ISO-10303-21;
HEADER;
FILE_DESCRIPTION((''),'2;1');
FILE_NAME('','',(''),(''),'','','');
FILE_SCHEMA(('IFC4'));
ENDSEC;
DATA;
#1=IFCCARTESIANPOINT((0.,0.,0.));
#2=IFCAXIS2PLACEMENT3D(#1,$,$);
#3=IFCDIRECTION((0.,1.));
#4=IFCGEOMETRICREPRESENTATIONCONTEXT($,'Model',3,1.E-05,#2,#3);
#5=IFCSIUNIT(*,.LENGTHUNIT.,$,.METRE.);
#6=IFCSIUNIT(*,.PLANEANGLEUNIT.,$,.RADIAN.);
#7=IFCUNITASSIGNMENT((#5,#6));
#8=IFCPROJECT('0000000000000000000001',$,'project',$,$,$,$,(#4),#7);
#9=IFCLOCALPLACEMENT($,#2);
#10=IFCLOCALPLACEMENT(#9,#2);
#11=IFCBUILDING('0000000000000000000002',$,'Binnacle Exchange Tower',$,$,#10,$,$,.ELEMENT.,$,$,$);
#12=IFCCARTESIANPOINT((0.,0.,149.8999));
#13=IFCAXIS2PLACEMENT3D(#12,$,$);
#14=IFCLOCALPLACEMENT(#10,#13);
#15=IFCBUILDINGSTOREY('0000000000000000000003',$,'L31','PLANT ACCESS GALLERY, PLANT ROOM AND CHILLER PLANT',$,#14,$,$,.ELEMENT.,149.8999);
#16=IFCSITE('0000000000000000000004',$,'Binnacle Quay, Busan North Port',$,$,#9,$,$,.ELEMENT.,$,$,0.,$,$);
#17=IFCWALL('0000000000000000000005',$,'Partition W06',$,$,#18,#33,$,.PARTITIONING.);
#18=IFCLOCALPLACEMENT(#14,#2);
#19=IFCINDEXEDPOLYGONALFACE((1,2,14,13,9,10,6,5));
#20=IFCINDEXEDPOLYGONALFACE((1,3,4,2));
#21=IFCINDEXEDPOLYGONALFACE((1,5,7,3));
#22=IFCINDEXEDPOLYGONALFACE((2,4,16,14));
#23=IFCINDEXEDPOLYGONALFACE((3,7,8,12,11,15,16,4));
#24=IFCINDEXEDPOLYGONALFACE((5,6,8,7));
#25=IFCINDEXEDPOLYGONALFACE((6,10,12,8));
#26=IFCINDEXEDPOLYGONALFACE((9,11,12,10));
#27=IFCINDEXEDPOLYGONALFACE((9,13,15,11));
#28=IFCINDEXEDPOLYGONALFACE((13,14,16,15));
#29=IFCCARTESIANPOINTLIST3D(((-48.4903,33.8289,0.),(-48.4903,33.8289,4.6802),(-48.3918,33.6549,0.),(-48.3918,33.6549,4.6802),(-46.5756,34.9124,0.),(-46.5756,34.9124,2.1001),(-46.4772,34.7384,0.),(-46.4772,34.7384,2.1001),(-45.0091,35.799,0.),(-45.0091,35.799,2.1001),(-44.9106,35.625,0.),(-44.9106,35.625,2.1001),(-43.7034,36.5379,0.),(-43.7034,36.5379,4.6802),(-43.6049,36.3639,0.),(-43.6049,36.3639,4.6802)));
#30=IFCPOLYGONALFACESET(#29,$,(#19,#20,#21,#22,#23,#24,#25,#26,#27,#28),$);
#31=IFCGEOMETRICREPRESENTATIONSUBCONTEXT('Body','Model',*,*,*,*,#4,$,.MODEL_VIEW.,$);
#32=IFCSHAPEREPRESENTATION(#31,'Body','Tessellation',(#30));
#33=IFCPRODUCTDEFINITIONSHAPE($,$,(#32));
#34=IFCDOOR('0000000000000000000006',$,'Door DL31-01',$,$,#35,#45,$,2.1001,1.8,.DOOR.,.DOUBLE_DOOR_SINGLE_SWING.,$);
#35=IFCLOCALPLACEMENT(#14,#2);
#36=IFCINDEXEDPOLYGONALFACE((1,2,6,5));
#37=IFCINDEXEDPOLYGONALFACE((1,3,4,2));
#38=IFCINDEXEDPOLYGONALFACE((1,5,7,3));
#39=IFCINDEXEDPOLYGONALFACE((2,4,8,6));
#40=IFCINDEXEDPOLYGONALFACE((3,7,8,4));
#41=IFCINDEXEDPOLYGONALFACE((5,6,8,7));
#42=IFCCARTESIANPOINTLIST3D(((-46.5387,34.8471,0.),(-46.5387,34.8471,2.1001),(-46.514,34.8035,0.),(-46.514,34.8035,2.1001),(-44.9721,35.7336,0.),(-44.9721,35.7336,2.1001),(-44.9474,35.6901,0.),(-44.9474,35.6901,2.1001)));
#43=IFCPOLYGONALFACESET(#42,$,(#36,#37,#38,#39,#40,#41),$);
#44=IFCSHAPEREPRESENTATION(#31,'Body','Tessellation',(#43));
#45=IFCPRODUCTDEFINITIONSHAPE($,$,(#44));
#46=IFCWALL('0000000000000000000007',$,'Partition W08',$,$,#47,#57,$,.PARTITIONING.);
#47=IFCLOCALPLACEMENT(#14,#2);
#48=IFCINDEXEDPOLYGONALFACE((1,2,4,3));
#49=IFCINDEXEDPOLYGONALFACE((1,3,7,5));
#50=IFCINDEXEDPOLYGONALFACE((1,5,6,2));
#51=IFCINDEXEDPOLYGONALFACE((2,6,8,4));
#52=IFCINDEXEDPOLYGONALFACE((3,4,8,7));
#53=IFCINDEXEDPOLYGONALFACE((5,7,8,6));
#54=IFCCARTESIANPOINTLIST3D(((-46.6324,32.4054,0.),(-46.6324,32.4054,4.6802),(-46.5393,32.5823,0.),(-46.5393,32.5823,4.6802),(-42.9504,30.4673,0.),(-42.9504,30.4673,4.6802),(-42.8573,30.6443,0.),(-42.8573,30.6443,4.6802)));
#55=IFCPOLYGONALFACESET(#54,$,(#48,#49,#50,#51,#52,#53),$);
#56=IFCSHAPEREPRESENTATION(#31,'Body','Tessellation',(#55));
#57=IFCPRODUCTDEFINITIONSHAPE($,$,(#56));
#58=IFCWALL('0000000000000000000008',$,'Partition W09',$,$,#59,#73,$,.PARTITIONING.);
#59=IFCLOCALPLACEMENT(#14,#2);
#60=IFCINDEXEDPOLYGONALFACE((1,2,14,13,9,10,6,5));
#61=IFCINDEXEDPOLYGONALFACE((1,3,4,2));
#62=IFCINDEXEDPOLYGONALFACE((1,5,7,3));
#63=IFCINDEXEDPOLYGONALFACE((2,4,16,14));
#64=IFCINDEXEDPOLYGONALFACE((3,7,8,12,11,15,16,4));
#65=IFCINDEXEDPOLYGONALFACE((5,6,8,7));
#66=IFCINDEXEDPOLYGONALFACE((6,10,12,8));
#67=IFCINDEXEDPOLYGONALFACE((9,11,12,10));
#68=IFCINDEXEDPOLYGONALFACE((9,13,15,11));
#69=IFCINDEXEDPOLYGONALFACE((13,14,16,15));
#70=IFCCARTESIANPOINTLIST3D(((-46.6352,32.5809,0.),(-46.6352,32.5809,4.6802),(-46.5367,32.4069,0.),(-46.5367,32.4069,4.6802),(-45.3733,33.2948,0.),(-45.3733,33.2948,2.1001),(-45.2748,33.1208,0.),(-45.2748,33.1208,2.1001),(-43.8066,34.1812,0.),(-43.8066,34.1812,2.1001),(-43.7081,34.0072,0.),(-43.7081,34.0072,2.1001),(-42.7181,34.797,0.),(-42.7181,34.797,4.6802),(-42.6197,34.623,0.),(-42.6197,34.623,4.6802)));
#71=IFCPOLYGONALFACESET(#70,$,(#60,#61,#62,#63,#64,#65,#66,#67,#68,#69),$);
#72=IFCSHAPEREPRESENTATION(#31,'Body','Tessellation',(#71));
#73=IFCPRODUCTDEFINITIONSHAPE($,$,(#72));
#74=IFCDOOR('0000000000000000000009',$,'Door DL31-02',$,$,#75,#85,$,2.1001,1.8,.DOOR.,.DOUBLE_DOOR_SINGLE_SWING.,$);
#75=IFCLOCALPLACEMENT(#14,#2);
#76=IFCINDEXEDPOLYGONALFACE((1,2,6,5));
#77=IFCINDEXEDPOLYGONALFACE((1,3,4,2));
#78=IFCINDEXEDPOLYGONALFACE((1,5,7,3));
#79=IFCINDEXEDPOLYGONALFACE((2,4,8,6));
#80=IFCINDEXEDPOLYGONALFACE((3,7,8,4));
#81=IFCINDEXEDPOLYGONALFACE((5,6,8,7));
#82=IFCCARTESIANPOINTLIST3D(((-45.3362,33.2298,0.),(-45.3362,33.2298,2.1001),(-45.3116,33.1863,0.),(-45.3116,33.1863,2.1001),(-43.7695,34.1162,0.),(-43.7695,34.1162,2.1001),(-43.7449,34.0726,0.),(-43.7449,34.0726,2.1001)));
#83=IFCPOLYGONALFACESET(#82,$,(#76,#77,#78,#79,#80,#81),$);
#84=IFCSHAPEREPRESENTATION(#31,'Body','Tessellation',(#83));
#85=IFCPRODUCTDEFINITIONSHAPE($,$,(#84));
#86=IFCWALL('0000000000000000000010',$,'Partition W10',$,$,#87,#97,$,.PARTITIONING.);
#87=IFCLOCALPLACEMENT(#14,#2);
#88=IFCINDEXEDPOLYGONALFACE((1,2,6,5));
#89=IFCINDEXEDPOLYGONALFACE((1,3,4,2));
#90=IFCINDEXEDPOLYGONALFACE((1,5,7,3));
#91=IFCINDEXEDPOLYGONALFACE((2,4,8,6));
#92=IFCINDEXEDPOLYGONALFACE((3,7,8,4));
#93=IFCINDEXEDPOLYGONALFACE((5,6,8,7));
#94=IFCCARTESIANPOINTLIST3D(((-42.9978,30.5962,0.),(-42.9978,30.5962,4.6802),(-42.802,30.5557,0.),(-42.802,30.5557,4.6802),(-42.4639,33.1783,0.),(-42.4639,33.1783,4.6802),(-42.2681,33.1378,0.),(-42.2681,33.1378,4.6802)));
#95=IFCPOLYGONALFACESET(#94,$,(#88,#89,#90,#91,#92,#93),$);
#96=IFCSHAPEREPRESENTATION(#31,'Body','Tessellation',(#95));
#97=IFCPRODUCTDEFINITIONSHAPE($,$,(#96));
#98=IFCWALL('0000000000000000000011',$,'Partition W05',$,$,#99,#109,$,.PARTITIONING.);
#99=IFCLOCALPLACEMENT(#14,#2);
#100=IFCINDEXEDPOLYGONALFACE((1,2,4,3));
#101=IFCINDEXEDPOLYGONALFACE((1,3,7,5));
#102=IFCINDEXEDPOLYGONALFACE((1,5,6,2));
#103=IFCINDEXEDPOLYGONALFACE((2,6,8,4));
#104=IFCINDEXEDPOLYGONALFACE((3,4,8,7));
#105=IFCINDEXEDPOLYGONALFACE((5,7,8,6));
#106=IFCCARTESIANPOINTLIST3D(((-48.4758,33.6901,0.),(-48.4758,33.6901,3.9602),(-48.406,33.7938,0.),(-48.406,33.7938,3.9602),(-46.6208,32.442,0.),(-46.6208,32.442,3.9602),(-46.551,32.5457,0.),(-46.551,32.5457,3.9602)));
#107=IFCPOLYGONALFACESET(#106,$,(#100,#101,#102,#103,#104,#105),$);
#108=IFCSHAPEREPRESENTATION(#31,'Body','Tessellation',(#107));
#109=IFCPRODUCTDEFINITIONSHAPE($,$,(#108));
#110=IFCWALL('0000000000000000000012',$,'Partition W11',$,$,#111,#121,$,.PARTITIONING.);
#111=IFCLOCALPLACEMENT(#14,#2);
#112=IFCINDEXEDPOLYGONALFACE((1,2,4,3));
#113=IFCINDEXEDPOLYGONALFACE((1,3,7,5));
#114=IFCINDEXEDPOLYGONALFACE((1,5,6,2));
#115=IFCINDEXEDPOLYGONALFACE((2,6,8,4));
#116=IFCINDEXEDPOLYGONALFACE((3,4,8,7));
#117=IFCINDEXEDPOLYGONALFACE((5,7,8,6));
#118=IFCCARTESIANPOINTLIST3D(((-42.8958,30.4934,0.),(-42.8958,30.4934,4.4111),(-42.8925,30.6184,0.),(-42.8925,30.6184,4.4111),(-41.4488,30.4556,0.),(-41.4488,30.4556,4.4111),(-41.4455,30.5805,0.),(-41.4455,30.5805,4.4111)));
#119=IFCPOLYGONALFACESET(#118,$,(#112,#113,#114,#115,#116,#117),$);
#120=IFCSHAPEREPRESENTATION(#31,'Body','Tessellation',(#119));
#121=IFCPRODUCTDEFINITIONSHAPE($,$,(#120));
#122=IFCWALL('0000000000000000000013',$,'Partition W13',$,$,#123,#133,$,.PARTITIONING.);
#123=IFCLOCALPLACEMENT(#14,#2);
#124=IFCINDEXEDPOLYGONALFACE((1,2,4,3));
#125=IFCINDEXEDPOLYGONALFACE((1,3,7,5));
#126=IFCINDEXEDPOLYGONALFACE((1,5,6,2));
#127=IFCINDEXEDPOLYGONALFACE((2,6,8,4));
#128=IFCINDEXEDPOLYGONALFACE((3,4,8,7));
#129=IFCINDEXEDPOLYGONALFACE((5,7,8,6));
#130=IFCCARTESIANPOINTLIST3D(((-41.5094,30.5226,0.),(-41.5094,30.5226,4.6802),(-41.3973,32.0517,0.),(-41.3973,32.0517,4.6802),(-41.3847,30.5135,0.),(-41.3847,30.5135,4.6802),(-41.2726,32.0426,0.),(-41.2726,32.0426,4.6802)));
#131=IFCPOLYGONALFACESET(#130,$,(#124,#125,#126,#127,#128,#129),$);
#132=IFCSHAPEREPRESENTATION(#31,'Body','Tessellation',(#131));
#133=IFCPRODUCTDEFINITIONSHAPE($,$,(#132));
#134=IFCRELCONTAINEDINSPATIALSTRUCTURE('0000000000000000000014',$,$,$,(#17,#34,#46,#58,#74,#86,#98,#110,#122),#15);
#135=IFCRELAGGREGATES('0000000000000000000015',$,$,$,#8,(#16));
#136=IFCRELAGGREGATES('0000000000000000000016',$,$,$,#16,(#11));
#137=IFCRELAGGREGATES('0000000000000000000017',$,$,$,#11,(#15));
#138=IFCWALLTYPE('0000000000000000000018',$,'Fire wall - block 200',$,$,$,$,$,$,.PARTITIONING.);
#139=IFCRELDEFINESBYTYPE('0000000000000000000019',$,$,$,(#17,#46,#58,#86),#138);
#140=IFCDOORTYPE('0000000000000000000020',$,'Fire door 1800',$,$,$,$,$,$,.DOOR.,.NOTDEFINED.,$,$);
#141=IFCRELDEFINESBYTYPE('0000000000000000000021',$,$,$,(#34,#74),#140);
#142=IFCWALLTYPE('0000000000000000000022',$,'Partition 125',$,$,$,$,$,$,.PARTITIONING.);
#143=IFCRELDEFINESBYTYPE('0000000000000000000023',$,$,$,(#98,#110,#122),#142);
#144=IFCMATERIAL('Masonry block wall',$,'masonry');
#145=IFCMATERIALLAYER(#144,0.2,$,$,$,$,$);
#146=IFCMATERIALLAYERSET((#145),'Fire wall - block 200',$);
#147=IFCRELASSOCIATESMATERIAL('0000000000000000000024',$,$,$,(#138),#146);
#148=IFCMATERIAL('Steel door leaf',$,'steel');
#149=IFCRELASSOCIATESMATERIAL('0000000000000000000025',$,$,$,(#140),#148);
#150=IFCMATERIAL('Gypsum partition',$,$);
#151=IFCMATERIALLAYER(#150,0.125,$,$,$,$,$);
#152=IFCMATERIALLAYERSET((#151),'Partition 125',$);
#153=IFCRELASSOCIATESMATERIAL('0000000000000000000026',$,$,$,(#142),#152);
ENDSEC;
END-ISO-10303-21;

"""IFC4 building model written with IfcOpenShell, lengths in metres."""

from ifc_helpers import new_model, si_unit, direction, frame, frame_2d, origin, place, context, subcontext, project, spatial, rectangle, extrude, material, layer, layer_set, type_object, element, fill, save


model = new_model("IFC4")

# Units and contexts
model_context = context("Model", 3, precision=1e-05, world=origin(), true_north=direction((0.0, 1.0)))
body_context = subcontext(model_context, "Body", "Model", "MODEL_VIEW")
ifc_project = project(units=[si_unit("LENGTHUNIT", "METRE"), si_unit("PLANEANGLEUNIT", "RADIAN")], contexts=[model_context])

# Site, building, storey
site_placement = place(None, origin())
site = spatial("IfcSite", under=ifc_project, at=site_placement, Name="Binnacle Quay, Busan North Port", CompositionType="ELEMENT", RefElevation=0.0)
building_placement = place(site_placement, origin())
building = spatial("IfcBuilding", under=site, at=building_placement, Name="Binnacle Exchange Tower", CompositionType="ELEMENT")
storey_placement = place(building_placement, frame((0.0, 0.0, 149.8999)))
storey = spatial("IfcBuildingStorey", under=building, at=storey_placement, Name="L31", Description="PLANT ACCESS GALLERY, PLANT ROOM AND CHILLER PLANT", CompositionType="ELEMENT", Elevation=149.8999)

# Wall, opening, door
ifc_material_1 = material(Name="Masonry block wall", Category="masonry")
ifc_layer_1 = layer(ifc_material_1, 0.2)
ifc_layer_set_1 = layer_set([ifc_layer_1], Name="Fire wall - block 200")
wall_type_1 = type_object("IfcWallType", Name="Fire wall - block 200", PredefinedType="PARTITIONING", material=ifc_layer_set_1)
wall_1_placement = place(storey_placement, frame((-48.4409, 33.7419, 0.0), z_axis=(0.0, 0.0, 1.0), x_axis=(0.870301, 0.492521, 0.0)))
wall_1 = element("IfcWall", 1, at=wall_1_placement, inside=storey, type_object=wall_type_1, Name="Partition W06", PredefinedType="PARTITIONING", context=body_context, shape_type="SweptSolid", body=[
    extrude(rectangle(XDim=5.5002, YDim=0.2, at=frame_2d((2.75, 0.0))), origin(), (0.0, 0.0, 1.0), 4.6802),
])
opening_1_placement = place(wall_1_placement, frame((2.2, 0.0, 0.0)))
opening_1 = element("IfcOpeningElement", 2, at=opening_1_placement, cuts=wall_1, PredefinedType="OPENING", context=body_context, shape_type="SweptSolid", body=[
    extrude(rectangle(XDim=1.8, YDim=2.1001, at=frame_2d((0.8999, 1.05))), frame((0.0, 0.1099, 0.0), z_axis=(0.0, -1.0, 0.0), x_axis=(1.0, 0.0, 0.0)), (0.0, 0.0, 1.0), 0.22),
])
ifc_material_2 = material(Name="Steel door leaf", Category="steel")
door_type = type_object("IfcDoorType", Name="Fire door 1800", OperationType="NOTDEFINED", PredefinedType="DOOR", material=ifc_material_2)
door_1_placement = place(opening_1_placement, origin())
door_1 = element("IfcDoor", 3, at=door_1_placement, inside=storey, type_object=door_type, Name="Door DL31-01", OperationType="DOUBLE_DOOR_SINGLE_SWING", OverallHeight=2.1001, OverallWidth=1.8, PredefinedType="DOOR", context=body_context, shape_type="SweptSolid", body=[
    extrude(rectangle(XDim=1.8, YDim=2.1001, at=frame_2d((0.8999, 1.05))), frame((0.0, 0.0249, 0.0), z_axis=(0.0, -1.0, 0.0), x_axis=(1.0, 0.0, 0.0)), (0.0, 0.0, 1.0), 0.05),
])
fill(opening_1, door_1)

# Wall
wall_2_placement = place(storey_placement, frame((-46.5859, 32.4939, 0.0), z_axis=(0.0, 0.0, 1.0), x_axis=(0.884903, -0.465775, 0.0)))
element("IfcWall", 4, at=wall_2_placement, inside=storey, type_object=wall_type_1, Name="Partition W08", PredefinedType="PARTITIONING", context=body_context, shape_type="SweptSolid", body=[
    extrude(rectangle(XDim=4.1609, YDim=0.2, at=frame_2d((2.0806, 0.0))), origin(), (0.0, 0.0, 1.0), 4.6802),
])

# Wall, opening, door
wall_3_placement = place(storey_placement, frame((-46.5859, 32.4939, 0.0), z_axis=(0.0, 0.0, 1.0), x_axis=(0.870362, 0.492413, 0.0)))
wall_3 = element("IfcWall", 5, at=wall_3_placement, inside=storey, type_object=wall_type_1, Name="Partition W09", PredefinedType="PARTITIONING", context=body_context, shape_type="SweptSolid", body=[
    extrude(rectangle(XDim=4.5005, YDim=0.2, at=frame_2d((2.2502, 0.0))), origin(), (0.0, 0.0, 1.0), 4.6802),
])
opening_2_placement = place(wall_3_placement, frame((1.45, 0.0, 0.0)))
opening_2 = element("IfcOpeningElement", 6, at=opening_2_placement, cuts=wall_3, PredefinedType="OPENING", context=body_context, shape_type="SweptSolid", body=[
    extrude(rectangle(XDim=1.8, YDim=2.1001, at=frame_2d((0.8999, 1.05))), frame((0.0, 0.1099, 0.0), z_axis=(0.0, -1.0, 0.0), x_axis=(1.0, 0.0, 0.0)), (0.0, 0.0, 1.0), 0.22),
])
door_2_placement = place(opening_2_placement, frame((1.8, 0.0, 0.0), z_axis=(0.0, 0.0, 1.0), x_axis=(-1.0, 0.0, 0.0)))
door_2 = element("IfcDoor", 7, at=door_2_placement, inside=storey, type_object=door_type, Name="Door DL31-02", OperationType="DOUBLE_DOOR_SINGLE_SWING", OverallHeight=2.1001, OverallWidth=1.8, PredefinedType="DOOR", context=body_context, shape_type="SweptSolid", body=[
    extrude(rectangle(XDim=1.8, YDim=2.1001, at=frame_2d((0.8999, 1.05))), frame((0.0, 0.0249, 0.0), z_axis=(0.0, -1.0, 0.0), x_axis=(1.0, 0.0, 0.0)), (0.0, 0.0, 1.0), 0.05),
])
fill(opening_2, door_2)

# Walls
wall_4_placement = place(storey_placement, frame((-42.8999, 30.5759, 0.0), z_axis=(0.0, 0.0, 1.0), x_axis=(0.202505, 0.979281, 0.0)))
element("IfcWall", 8, at=wall_4_placement, inside=storey, type_object=wall_type_1, Name="Partition W10", PredefinedType="PARTITIONING", context=body_context, shape_type="SweptSolid", body=[
    extrude(rectangle(XDim=2.6367, YDim=0.2, at=frame_2d((1.3184, 0.0))), origin(), (0.0, 0.0, 1.0), 4.6802),
])
ifc_material_3 = material(Name="Gypsum partition")
ifc_layer_2 = layer(ifc_material_3, 0.125)
ifc_layer_set_2 = layer_set([ifc_layer_2], Name="Partition 125")
wall_type_2 = type_object("IfcWallType", Name="Partition 125", PredefinedType="PARTITIONING", material=ifc_layer_set_2)
wall_5_placement = place(storey_placement, frame((-48.4409, 33.7419, 0.0), z_axis=(0.0, 0.0, 1.0), x_axis=(0.829691, -0.558223, 0.0)))
element("IfcWall", 9, at=wall_5_placement, inside=storey, type_object=wall_type_2, Name="Partition W05", PredefinedType="PARTITIONING", context=body_context, shape_type="SweptSolid", body=[
    extrude(rectangle(XDim=2.2358, YDim=0.125, at=frame_2d((1.1179, 0.0))), origin(), (0.0, 0.0, 1.0), 3.9602),
])
wall_6_placement = place(storey_placement, frame((-42.894, 30.5559, 0.0), z_axis=(0.0, 0.0, 1.0), x_axis=(0.999658, -0.026143, 0.0)))
element("IfcWall", 10, at=wall_6_placement, inside=storey, type_object=wall_type_2, Name="Partition W11", PredefinedType="PARTITIONING", context=body_context, shape_type="SweptSolid", body=[
    extrude(rectangle(XDim=1.4475, YDim=0.125, at=frame_2d((0.7236, 0.0))), origin(), (0.0, 0.0, 1.0), 4.4111),
])
wall_7_placement = place(storey_placement, frame((-41.447, 30.5181, 0.0), z_axis=(0.0, 0.0, 1.0), x_axis=(0.073092, 0.997325, 0.0)))
element("IfcWall", 11, at=wall_7_placement, inside=storey, type_object=wall_type_2, Name="Partition W13", PredefinedType="PARTITIONING", context=body_context, shape_type="SweptSolid", body=[
    extrude(rectangle(XDim=1.5332, YDim=0.125, at=frame_2d((0.7666, 0.0))), origin(), (0.0, 0.0, 1.0), 4.6802),
])

save(model, "model.ifc")
